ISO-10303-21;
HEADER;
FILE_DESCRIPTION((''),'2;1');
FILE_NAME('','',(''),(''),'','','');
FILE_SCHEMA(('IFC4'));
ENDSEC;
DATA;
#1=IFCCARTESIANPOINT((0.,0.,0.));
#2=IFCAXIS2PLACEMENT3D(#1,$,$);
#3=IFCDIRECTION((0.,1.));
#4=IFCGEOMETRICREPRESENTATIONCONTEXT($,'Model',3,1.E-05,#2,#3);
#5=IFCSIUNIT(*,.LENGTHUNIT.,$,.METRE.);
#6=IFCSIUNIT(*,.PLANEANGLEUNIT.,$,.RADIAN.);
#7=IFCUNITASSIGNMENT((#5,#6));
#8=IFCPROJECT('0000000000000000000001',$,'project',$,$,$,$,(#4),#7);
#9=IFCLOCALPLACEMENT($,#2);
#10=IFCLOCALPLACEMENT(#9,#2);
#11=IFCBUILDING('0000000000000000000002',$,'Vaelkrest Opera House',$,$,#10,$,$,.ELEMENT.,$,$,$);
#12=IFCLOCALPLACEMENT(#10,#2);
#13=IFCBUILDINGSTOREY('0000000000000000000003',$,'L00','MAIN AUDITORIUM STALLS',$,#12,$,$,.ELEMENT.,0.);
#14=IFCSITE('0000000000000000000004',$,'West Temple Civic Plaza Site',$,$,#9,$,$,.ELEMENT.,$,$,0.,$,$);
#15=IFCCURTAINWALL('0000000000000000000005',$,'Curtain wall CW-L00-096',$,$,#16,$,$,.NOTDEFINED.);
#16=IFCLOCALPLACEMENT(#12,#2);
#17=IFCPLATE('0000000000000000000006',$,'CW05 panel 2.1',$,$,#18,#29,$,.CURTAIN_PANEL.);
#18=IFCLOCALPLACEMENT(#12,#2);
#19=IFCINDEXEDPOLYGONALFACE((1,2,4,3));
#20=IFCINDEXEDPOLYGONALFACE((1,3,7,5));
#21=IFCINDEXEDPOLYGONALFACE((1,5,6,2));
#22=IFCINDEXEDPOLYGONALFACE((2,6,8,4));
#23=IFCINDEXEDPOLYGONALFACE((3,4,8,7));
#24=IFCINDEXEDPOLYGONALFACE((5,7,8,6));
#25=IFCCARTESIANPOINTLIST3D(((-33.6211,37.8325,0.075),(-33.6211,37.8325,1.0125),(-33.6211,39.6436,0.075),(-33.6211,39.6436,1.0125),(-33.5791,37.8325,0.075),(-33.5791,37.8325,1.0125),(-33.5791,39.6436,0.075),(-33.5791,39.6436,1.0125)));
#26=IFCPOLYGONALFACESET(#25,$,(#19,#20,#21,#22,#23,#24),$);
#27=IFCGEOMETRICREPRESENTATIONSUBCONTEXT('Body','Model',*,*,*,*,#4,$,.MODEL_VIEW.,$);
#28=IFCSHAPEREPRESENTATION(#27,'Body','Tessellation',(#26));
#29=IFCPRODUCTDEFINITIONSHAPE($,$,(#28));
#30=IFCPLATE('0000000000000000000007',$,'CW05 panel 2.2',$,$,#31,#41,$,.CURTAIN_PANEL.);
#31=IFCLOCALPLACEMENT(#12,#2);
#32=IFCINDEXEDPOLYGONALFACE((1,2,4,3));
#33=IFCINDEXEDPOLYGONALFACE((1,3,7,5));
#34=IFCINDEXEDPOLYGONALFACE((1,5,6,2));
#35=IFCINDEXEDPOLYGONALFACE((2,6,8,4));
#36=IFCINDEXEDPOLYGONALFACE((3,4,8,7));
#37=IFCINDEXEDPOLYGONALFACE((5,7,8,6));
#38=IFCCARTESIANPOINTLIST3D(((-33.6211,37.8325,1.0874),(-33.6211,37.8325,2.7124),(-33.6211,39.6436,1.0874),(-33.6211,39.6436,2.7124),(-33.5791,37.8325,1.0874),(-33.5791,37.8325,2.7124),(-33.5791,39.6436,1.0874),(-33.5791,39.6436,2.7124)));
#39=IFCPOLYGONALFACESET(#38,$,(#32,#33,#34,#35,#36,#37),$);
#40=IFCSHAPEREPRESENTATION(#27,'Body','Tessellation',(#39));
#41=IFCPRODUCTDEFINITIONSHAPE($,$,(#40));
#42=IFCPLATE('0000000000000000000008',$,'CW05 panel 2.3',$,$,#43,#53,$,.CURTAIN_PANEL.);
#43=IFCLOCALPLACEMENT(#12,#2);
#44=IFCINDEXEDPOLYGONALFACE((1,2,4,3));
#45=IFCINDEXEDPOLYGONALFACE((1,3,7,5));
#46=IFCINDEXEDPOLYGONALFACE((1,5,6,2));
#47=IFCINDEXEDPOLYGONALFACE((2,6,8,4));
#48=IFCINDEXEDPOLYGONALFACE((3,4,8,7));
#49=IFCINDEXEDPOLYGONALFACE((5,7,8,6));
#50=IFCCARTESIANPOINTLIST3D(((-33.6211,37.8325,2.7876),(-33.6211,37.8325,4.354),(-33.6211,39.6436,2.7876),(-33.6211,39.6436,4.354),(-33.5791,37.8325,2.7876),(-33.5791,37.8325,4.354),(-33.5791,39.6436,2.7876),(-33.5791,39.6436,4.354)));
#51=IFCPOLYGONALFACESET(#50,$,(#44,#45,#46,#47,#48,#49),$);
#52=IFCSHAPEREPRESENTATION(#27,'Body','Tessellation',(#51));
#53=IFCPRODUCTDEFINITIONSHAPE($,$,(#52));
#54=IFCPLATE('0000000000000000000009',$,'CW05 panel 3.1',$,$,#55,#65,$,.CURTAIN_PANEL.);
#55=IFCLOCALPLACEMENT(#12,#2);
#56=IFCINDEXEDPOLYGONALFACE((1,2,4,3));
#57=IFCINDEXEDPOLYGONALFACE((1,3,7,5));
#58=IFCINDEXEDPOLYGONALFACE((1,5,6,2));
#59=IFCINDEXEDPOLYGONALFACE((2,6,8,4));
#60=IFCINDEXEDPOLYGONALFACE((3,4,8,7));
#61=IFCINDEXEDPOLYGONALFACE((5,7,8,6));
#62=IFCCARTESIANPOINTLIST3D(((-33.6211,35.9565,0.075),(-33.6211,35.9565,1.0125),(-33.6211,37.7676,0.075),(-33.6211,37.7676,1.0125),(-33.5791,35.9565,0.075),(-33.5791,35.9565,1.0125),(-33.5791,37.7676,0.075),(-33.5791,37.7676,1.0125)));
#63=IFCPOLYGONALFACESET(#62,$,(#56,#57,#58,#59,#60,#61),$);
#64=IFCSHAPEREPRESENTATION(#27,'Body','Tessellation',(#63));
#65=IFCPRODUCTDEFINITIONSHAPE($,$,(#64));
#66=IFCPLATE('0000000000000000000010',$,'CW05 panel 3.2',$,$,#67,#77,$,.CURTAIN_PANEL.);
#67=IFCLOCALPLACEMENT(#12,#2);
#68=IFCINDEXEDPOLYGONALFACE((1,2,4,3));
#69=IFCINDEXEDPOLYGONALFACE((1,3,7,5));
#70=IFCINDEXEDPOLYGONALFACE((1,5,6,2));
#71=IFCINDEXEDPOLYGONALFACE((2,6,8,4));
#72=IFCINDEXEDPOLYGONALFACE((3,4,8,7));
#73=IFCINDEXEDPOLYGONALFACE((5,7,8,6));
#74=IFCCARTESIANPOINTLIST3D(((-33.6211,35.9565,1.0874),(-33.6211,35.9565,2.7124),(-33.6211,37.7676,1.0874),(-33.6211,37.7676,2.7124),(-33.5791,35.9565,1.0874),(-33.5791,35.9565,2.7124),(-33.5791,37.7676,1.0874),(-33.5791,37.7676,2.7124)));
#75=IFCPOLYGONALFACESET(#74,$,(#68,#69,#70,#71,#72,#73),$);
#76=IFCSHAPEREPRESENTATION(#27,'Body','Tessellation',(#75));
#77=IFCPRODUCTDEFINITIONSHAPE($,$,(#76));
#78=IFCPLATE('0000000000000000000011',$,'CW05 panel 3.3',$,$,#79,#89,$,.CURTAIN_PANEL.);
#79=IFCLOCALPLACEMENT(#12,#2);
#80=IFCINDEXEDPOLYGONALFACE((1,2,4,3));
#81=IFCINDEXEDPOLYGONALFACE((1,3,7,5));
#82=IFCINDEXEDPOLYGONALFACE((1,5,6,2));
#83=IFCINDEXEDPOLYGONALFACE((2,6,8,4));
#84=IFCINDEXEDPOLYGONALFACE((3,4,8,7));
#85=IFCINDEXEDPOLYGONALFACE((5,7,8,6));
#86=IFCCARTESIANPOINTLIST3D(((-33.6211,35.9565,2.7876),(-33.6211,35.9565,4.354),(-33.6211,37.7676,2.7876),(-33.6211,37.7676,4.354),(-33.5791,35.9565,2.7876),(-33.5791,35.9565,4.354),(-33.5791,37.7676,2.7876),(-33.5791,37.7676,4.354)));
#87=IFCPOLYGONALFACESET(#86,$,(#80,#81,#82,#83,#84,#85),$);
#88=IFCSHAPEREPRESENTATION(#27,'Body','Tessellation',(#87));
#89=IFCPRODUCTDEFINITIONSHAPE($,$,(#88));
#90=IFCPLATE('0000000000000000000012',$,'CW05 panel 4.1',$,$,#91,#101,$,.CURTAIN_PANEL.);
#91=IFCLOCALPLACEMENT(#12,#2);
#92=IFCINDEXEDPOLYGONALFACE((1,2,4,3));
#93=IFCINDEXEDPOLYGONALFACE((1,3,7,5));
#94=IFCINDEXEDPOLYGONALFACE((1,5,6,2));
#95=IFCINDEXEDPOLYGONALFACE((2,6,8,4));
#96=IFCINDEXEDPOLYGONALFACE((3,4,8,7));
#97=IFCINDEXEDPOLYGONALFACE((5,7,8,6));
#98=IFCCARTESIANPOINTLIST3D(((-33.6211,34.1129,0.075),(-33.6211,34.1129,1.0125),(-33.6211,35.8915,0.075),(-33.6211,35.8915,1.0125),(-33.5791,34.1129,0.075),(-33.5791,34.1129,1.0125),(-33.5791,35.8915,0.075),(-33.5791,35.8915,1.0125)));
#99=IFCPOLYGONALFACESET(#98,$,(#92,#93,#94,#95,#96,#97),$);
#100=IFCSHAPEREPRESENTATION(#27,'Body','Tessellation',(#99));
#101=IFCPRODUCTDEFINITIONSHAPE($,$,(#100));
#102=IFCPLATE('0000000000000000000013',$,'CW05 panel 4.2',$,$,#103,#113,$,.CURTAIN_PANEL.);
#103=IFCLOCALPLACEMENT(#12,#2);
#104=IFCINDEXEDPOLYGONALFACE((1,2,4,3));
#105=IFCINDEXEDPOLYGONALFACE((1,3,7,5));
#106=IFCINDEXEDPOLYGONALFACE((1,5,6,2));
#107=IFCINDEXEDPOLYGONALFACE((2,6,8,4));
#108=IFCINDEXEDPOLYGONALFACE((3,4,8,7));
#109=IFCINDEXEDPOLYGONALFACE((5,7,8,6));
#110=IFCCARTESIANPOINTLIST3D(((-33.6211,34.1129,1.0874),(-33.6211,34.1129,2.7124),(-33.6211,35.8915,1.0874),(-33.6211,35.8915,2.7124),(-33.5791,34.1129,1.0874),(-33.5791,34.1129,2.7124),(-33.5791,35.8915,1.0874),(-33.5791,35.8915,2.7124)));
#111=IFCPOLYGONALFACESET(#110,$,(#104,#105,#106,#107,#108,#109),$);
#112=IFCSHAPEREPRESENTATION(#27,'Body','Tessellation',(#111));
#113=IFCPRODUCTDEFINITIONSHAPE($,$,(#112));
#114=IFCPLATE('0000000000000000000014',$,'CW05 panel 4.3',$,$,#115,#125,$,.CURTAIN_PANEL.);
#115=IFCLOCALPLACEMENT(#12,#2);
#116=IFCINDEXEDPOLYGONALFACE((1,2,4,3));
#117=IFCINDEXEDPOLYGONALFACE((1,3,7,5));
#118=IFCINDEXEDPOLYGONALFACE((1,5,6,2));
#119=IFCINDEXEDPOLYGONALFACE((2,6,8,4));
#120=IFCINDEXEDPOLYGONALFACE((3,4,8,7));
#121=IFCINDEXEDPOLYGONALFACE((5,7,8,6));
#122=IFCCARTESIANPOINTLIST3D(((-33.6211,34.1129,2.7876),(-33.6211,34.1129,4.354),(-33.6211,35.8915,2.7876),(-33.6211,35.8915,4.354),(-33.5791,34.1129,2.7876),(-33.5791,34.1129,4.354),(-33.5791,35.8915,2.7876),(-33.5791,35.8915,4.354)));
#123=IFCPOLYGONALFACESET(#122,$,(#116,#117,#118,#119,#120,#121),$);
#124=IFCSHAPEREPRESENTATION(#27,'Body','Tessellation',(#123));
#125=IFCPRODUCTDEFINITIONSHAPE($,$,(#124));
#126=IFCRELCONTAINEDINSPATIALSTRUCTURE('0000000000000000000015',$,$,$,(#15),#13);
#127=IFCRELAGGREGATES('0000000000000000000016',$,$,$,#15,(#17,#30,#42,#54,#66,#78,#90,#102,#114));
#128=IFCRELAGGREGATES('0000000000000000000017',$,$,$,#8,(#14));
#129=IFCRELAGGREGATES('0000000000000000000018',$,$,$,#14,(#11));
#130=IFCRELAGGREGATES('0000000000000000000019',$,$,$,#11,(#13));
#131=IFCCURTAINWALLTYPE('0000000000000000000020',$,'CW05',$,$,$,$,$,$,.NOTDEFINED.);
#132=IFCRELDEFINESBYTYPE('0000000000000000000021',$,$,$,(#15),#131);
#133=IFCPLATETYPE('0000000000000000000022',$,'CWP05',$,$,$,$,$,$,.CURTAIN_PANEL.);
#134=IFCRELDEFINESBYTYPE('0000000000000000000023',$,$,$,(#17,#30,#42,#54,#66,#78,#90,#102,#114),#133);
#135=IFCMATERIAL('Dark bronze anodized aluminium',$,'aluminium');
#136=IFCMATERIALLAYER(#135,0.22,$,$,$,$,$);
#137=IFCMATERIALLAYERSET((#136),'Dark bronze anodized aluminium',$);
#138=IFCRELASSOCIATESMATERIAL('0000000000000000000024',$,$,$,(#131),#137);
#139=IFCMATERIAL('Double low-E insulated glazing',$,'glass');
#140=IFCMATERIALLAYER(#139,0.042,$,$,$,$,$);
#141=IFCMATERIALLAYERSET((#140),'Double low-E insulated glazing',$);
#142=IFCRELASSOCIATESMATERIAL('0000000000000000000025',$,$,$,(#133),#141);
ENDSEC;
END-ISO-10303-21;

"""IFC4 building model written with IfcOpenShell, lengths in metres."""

from ifc_helpers import new_model, si_unit, direction, frame, origin, origin_2d, place, context, subcontext, project, spatial, rectangle, extrude, material, layer, layer_set, type_object, element, aggregate, save


model = new_model("IFC4")

# Units and contexts
model_context = context("Model", 3, precision=1e-05, world=origin(), true_north=direction((0.0, 1.0)))
body_context = subcontext(model_context, "Body", "Model", "MODEL_VIEW")
ifc_project = project(units=[si_unit("LENGTHUNIT", "METRE"), si_unit("PLANEANGLEUNIT", "RADIAN")], contexts=[model_context])

# Site, building, storey
site_placement = place(None, origin())
site = spatial("IfcSite", under=ifc_project, at=site_placement, Name="West Temple Civic Plaza Site", CompositionType="ELEMENT", RefElevation=0.0)
building_placement = place(site_placement, origin())
building = spatial("IfcBuilding", under=site, at=building_placement, Name="Vaelkrest Opera House", CompositionType="ELEMENT")
storey_placement = place(building_placement, origin())
storey = spatial("IfcBuildingStorey", under=building, at=storey_placement, Name="L00", Description="MAIN AUDITORIUM STALLS", CompositionType="ELEMENT", Elevation=0.0)

# Curtain wall
ifc_material_1 = material(Name="Dark bronze anodized aluminium", Category="aluminium")
ifc_layer_1 = layer(ifc_material_1, 0.22)
ifc_layer_set_1 = layer_set([ifc_layer_1], Name="Dark bronze anodized aluminium")
curtain_wall_type = type_object("IfcCurtainWallType", Name="CW05", PredefinedType="NOTDEFINED", material=ifc_layer_set_1)
curtain_wall_placement = place(storey_placement, origin())
curtain_wall = element("IfcCurtainWall", 1, at=curtain_wall_placement, inside=storey, type_object=curtain_wall_type, Name="Curtain wall CW-L00-096", PredefinedType="NOTDEFINED")

# Plates
ifc_material_2 = material(Name="Double low-E insulated glazing", Category="glass")
ifc_layer_2 = layer(ifc_material_2, 0.042)
ifc_layer_set_2 = layer_set([ifc_layer_2], Name="Double low-E insulated glazing")
plate_type = type_object("IfcPlateType", Name="CWP05", PredefinedType="CURTAIN_PANEL", material=ifc_layer_set_2)
plate_1_placement = place(storey_placement, frame((-33.6001, 38.738, 0.075), z_axis=(0.0, 0.0, 1.0), x_axis=(0.0, -1.0, 0.0)))
plate_1 = element("IfcPlate", 2, at=plate_1_placement, type_object=plate_type, Name="CW05 panel 2.1", PredefinedType="CURTAIN_PANEL", context=body_context, shape_type="SweptSolid", body=[
    extrude(rectangle(XDim=1.811, YDim=0.042, at=origin_2d()), origin(), (0.0, 0.0, 1.0), 0.9375),
])
plate_2_placement = place(storey_placement, frame((-33.6001, 38.738, 1.0874), z_axis=(0.0, 0.0, 1.0), x_axis=(0.0, -1.0, 0.0)))
plate_2 = element("IfcPlate", 3, at=plate_2_placement, type_object=plate_type, Name="CW05 panel 2.2", PredefinedType="CURTAIN_PANEL", context=body_context, shape_type="SweptSolid", body=[
    extrude(rectangle(XDim=1.811, YDim=0.042, at=origin_2d()), origin(), (0.0, 0.0, 1.0), 1.625),
])
plate_3_placement = place(storey_placement, frame((-33.6001, 38.738, 2.7876), z_axis=(0.0, 0.0, 1.0), x_axis=(0.0, -1.0, 0.0)))
plate_3 = element("IfcPlate", 4, at=plate_3_placement, type_object=plate_type, Name="CW05 panel 2.3", PredefinedType="CURTAIN_PANEL", context=body_context, shape_type="SweptSolid", body=[
    extrude(rectangle(XDim=1.811, YDim=0.042, at=origin_2d()), origin(), (0.0, 0.0, 1.0), 1.5664),
])
plate_4_placement = place(storey_placement, frame((-33.6001, 36.8621, 0.075), z_axis=(0.0, 0.0, 1.0), x_axis=(0.0, -1.0, 0.0)))
plate_4 = element("IfcPlate", 5, at=plate_4_placement, type_object=plate_type, Name="CW05 panel 3.1", PredefinedType="CURTAIN_PANEL", context=body_context, shape_type="SweptSolid", body=[
    extrude(rectangle(XDim=1.811, YDim=0.042, at=origin_2d()), origin(), (0.0, 0.0, 1.0), 0.9375),
])
plate_5_placement = place(storey_placement, frame((-33.6001, 36.8621, 1.0874), z_axis=(0.0, 0.0, 1.0), x_axis=(0.0, -1.0, 0.0)))
plate_5 = element("IfcPlate", 6, at=plate_5_placement, type_object=plate_type, Name="CW05 panel 3.2", PredefinedType="CURTAIN_PANEL", context=body_context, shape_type="SweptSolid", body=[
    extrude(rectangle(XDim=1.811, YDim=0.042, at=origin_2d()), origin(), (0.0, 0.0, 1.0), 1.625),
])
plate_6_placement = place(storey_placement, frame((-33.6001, 36.8621, 2.7876), z_axis=(0.0, 0.0, 1.0), x_axis=(0.0, -1.0, 0.0)))
plate_6 = element("IfcPlate", 7, at=plate_6_placement, type_object=plate_type, Name="CW05 panel 3.3", PredefinedType="CURTAIN_PANEL", context=body_context, shape_type="SweptSolid", body=[
    extrude(rectangle(XDim=1.811, YDim=0.042, at=origin_2d()), origin(), (0.0, 0.0, 1.0), 1.5664),
])
plate_7_placement = place(storey_placement, frame((-33.6001, 35.0022, 0.075), z_axis=(0.0, 0.0, 1.0), x_axis=(0.0, -1.0, 0.0)))
plate_7 = element("IfcPlate", 8, at=plate_7_placement, type_object=plate_type, Name="CW05 panel 4.1", PredefinedType="CURTAIN_PANEL", context=body_context, shape_type="SweptSolid", body=[
    extrude(rectangle(XDim=1.7786, YDim=0.042, at=origin_2d()), origin(), (0.0, 0.0, 1.0), 0.9375),
])
plate_8_placement = place(storey_placement, frame((-33.6001, 35.0022, 1.0874), z_axis=(0.0, 0.0, 1.0), x_axis=(0.0, -1.0, 0.0)))
plate_8 = element("IfcPlate", 9, at=plate_8_placement, type_object=plate_type, Name="CW05 panel 4.2", PredefinedType="CURTAIN_PANEL", context=body_context, shape_type="SweptSolid", body=[
    extrude(rectangle(XDim=1.7786, YDim=0.042, at=origin_2d()), origin(), (0.0, 0.0, 1.0), 1.625),
])
plate_9_placement = place(storey_placement, frame((-33.6001, 35.0022, 2.7876), z_axis=(0.0, 0.0, 1.0), x_axis=(0.0, -1.0, 0.0)))
plate_9 = element("IfcPlate", 10, at=plate_9_placement, type_object=plate_type, Name="CW05 panel 4.3", PredefinedType="CURTAIN_PANEL", context=body_context, shape_type="SweptSolid", body=[
    extrude(rectangle(XDim=1.7786, YDim=0.042, at=origin_2d()), origin(), (0.0, 0.0, 1.0), 1.5664),
])
aggregate(curtain_wall, [plate_1, plate_2, plate_3, plate_4, plate_5, plate_6, plate_7, plate_8, plate_9])

save(model, "model.ifc")
